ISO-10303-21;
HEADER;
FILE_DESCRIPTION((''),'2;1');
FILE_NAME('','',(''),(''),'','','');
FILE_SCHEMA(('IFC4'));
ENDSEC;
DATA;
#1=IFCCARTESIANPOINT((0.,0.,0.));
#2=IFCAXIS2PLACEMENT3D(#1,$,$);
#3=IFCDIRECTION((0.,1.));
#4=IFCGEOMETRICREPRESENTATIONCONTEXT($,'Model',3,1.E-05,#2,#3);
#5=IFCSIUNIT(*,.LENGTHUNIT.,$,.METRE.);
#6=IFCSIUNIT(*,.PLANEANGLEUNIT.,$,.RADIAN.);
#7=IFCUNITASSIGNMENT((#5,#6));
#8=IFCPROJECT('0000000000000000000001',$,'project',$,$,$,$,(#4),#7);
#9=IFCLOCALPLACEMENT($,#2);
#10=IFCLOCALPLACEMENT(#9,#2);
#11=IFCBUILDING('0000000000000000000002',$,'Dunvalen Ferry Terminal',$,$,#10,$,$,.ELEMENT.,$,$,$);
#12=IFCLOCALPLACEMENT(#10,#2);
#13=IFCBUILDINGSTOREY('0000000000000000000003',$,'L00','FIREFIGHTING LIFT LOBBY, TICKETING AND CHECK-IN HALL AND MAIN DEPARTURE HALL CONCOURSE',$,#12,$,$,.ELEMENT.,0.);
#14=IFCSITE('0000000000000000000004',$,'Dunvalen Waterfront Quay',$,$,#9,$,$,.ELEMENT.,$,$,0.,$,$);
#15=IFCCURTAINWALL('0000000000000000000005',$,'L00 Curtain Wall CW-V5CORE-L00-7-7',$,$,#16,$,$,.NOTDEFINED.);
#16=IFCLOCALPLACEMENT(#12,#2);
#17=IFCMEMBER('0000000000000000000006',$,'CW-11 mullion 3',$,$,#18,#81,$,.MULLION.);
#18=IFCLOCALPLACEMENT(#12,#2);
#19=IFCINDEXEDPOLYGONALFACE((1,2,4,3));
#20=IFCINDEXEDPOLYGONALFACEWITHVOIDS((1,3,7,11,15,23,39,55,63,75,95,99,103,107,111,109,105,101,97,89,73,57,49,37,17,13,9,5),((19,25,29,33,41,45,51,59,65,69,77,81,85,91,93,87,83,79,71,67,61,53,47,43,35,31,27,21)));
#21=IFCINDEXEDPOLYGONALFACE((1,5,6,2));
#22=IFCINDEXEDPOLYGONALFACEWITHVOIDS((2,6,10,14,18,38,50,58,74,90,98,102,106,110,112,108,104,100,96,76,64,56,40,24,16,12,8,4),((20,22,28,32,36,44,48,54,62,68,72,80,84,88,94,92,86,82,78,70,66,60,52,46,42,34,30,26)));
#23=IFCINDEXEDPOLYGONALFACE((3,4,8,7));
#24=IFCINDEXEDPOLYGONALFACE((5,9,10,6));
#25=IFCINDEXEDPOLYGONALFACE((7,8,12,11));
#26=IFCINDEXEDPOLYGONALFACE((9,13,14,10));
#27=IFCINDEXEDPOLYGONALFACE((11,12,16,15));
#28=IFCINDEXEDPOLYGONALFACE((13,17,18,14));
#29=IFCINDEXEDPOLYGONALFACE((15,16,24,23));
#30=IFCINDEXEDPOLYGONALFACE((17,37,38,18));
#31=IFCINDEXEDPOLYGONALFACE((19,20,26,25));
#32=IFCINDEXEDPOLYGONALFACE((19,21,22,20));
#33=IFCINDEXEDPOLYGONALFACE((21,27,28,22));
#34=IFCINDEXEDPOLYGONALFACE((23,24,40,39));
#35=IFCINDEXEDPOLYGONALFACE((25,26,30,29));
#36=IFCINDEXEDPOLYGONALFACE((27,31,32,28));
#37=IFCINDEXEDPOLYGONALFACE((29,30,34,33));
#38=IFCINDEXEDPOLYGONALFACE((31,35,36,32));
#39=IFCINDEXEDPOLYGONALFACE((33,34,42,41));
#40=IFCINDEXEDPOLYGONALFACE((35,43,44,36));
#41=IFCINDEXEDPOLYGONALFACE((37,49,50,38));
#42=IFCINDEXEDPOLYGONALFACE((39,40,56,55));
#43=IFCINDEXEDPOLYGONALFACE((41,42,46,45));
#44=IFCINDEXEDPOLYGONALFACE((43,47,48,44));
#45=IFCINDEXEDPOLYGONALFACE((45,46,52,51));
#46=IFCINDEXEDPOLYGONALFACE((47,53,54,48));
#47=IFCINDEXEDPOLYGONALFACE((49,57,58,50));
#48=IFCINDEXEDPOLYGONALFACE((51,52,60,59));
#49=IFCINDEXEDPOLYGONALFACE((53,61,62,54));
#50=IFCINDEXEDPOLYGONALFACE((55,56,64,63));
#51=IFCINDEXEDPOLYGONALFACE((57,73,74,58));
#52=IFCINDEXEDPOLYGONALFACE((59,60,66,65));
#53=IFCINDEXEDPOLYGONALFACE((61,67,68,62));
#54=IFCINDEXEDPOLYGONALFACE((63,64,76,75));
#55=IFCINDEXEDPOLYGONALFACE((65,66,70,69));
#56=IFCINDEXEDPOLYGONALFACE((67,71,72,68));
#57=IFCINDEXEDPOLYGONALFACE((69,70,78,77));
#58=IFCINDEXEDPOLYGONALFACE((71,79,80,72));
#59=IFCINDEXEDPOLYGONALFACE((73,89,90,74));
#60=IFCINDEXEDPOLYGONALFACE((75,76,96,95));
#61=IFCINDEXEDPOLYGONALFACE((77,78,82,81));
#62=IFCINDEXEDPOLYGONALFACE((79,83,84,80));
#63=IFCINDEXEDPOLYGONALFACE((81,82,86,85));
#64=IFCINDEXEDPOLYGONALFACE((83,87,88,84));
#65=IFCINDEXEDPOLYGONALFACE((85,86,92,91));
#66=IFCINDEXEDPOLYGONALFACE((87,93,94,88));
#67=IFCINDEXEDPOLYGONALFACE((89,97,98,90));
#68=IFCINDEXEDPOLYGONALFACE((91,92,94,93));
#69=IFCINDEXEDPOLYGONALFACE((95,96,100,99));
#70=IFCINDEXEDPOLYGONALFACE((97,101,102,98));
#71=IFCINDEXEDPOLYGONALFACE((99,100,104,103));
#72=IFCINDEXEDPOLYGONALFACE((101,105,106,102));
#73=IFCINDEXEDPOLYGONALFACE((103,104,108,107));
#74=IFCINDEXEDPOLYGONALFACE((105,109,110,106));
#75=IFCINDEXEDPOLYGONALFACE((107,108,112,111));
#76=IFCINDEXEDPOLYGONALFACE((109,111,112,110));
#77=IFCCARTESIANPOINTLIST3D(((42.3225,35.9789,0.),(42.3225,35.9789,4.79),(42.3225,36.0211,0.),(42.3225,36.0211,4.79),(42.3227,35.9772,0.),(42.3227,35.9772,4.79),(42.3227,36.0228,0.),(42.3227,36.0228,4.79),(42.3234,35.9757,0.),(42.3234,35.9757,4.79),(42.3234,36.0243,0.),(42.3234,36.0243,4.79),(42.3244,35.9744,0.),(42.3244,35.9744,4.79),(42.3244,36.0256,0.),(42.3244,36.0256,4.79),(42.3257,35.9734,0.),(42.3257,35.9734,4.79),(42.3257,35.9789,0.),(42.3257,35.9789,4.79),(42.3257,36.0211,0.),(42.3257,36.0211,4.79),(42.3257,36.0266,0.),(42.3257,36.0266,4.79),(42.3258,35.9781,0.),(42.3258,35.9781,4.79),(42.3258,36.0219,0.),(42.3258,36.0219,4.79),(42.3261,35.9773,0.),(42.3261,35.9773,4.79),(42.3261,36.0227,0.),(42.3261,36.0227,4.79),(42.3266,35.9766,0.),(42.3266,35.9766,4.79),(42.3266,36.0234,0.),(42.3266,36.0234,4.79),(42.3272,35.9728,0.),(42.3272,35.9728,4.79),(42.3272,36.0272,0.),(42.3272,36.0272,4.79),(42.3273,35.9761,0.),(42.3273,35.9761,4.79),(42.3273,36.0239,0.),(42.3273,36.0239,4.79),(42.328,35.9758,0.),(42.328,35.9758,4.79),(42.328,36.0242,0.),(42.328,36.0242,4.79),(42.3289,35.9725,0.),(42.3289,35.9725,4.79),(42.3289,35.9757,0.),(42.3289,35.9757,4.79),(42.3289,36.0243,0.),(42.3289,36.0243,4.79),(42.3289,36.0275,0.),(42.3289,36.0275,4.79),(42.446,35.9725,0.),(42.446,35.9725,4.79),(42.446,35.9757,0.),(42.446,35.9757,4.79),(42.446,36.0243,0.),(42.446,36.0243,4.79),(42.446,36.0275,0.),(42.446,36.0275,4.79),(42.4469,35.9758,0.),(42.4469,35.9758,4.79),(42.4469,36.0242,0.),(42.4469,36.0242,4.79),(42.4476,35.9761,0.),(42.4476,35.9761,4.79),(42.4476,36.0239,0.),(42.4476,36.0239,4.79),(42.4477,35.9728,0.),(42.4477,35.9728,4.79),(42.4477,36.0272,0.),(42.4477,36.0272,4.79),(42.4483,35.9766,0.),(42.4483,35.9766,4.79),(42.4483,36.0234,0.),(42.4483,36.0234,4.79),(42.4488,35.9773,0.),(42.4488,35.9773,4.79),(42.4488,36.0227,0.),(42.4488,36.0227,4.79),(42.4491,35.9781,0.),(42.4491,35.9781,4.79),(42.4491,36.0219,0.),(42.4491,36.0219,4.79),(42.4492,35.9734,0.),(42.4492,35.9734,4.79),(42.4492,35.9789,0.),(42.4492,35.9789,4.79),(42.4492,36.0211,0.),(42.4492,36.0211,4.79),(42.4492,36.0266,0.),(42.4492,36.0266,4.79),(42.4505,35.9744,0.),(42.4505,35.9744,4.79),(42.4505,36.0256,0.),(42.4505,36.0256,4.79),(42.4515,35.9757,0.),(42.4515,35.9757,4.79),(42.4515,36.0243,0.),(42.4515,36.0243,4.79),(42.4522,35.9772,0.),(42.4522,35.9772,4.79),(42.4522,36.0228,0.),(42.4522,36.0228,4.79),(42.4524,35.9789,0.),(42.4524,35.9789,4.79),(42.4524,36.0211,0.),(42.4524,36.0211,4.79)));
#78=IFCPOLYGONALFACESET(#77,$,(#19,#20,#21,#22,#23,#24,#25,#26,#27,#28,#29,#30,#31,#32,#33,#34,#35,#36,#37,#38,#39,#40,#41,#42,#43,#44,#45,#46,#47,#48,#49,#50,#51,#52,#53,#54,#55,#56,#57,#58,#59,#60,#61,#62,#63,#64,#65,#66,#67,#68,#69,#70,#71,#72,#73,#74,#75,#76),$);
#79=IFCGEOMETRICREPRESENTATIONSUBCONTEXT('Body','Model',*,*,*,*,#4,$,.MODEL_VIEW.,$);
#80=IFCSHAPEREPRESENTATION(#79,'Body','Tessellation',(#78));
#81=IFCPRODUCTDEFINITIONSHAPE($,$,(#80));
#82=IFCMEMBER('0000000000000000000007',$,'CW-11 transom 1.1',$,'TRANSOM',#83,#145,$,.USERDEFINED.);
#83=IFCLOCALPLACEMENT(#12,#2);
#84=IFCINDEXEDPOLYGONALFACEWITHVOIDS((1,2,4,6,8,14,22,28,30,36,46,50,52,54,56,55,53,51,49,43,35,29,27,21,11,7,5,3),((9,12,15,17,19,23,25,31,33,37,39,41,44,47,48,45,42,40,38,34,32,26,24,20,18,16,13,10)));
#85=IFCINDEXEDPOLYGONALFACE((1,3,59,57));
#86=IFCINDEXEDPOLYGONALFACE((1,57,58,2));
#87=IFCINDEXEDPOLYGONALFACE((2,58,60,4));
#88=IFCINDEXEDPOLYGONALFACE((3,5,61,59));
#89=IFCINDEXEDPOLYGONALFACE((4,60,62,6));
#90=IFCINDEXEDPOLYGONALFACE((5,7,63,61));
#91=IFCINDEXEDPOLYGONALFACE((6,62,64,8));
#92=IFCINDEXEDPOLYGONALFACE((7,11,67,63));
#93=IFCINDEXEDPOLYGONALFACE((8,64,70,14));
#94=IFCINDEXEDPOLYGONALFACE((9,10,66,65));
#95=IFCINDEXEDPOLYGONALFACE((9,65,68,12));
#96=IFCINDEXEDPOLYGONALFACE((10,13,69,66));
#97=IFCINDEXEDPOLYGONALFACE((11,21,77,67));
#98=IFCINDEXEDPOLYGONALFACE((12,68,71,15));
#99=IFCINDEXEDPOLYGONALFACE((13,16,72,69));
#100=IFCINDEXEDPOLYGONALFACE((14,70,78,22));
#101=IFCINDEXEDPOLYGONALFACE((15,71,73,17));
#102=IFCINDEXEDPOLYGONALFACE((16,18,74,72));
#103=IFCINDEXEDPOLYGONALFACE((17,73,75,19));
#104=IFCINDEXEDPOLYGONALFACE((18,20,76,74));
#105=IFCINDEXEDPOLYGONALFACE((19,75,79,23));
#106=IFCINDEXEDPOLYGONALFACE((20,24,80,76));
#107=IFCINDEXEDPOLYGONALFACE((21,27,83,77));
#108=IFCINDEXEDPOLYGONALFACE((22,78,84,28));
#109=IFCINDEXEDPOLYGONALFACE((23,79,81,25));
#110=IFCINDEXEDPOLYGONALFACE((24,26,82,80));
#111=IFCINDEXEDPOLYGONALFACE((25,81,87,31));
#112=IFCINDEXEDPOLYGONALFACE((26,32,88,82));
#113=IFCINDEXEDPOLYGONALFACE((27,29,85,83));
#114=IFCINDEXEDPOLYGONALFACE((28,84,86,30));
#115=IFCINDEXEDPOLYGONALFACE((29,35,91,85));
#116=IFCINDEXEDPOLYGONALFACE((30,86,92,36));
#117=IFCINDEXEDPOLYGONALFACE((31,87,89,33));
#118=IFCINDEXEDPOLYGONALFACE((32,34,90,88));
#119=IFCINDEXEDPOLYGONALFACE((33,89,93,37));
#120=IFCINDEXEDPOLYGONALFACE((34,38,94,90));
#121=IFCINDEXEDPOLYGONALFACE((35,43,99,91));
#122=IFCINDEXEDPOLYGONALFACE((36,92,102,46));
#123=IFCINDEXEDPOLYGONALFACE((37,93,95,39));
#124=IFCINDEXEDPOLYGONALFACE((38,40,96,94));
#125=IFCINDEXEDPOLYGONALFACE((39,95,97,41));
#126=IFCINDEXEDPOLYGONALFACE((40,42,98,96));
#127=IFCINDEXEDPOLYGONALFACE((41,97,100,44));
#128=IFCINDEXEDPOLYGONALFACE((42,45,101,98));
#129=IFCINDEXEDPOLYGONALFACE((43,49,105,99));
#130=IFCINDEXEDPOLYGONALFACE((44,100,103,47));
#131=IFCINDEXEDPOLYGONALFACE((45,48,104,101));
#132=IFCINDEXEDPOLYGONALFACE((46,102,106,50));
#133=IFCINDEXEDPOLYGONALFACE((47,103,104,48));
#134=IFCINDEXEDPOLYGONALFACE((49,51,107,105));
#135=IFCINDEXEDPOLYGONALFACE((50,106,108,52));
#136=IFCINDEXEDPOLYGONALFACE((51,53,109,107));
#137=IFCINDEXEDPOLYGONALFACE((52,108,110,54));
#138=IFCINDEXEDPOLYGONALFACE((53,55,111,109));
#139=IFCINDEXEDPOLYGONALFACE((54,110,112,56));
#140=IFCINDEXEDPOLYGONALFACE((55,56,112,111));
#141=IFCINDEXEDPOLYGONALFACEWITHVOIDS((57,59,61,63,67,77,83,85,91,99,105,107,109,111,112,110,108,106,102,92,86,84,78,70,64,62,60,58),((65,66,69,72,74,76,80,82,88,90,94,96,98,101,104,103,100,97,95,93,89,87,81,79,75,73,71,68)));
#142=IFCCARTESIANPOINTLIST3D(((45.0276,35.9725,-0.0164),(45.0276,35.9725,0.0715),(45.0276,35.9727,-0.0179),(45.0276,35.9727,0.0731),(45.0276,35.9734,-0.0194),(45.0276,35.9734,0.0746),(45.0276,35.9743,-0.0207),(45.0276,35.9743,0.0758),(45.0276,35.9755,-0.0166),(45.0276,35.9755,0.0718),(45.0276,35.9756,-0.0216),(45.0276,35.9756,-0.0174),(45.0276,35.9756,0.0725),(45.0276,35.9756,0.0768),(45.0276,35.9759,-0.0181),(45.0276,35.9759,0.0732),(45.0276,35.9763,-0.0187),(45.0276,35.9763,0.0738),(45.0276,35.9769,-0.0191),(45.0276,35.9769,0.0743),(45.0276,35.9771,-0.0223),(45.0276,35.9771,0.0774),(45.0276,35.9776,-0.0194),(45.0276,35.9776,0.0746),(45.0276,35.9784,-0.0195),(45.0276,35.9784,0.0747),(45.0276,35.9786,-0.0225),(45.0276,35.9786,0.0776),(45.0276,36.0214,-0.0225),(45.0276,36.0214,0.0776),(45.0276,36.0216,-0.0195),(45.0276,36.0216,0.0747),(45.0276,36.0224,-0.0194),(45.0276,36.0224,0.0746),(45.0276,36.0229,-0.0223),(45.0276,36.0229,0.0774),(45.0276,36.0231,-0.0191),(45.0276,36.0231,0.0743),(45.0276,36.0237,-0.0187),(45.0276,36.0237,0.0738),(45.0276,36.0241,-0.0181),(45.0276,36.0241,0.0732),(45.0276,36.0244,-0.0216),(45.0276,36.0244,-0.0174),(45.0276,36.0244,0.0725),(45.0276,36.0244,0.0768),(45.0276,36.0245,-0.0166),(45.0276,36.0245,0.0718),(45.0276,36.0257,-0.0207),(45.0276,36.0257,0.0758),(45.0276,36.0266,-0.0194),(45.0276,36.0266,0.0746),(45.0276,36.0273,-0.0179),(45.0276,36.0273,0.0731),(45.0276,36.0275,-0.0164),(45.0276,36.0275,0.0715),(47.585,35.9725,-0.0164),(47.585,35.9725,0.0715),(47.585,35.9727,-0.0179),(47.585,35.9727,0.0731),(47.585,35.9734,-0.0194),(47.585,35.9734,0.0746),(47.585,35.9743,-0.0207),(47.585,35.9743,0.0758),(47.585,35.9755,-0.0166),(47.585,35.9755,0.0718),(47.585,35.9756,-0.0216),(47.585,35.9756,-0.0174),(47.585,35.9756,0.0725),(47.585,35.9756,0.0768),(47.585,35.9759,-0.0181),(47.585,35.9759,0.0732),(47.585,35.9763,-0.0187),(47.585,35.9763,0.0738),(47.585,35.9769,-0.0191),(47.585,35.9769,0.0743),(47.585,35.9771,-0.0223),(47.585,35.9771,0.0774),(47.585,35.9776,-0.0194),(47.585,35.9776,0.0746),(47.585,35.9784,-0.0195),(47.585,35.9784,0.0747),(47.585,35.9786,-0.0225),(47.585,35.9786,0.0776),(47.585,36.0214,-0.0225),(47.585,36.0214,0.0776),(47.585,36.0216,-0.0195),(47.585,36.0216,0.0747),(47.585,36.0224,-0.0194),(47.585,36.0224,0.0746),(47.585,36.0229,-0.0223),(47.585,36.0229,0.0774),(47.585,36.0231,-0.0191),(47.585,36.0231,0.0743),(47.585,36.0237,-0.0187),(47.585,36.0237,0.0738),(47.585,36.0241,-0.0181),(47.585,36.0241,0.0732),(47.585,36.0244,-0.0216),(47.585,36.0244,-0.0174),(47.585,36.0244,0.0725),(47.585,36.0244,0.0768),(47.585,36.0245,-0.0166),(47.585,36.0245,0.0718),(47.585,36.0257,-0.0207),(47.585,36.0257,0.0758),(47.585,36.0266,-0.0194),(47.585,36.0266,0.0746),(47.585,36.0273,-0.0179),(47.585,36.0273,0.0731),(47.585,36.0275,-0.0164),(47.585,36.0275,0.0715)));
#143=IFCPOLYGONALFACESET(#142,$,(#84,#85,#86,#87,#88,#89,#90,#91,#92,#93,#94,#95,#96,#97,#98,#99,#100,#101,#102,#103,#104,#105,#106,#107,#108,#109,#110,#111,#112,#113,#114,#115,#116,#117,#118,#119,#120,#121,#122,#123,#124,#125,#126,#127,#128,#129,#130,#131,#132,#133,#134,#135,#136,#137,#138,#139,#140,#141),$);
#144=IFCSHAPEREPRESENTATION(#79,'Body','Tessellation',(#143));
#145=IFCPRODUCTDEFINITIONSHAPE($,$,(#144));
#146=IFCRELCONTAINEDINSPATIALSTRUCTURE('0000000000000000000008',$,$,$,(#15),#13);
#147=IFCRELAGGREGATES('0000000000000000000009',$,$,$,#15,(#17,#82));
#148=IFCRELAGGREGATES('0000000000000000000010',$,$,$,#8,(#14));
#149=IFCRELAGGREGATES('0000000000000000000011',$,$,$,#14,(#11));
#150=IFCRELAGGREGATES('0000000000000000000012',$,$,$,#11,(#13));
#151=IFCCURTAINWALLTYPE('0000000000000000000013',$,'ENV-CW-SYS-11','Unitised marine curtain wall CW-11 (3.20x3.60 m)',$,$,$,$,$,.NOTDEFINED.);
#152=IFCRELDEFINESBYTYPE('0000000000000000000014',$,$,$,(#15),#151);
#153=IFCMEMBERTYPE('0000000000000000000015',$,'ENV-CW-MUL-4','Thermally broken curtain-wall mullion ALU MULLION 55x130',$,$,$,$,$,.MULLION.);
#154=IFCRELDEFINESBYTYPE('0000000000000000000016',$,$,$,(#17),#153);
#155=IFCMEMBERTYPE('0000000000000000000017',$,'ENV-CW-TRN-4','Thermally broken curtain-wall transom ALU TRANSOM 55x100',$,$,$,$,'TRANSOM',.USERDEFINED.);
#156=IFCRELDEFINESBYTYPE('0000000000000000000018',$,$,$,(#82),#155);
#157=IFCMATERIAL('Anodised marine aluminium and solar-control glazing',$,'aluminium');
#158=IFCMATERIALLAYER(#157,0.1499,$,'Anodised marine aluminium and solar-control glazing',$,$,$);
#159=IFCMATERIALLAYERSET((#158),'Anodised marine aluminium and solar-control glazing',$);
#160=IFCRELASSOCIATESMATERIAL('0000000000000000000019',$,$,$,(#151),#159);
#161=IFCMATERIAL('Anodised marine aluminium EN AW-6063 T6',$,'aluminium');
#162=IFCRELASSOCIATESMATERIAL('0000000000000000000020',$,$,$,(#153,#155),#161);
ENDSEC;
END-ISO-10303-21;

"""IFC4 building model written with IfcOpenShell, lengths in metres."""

from ifc_helpers import new_model, si_unit, direction, frame, origin, origin_2d, place, context, subcontext, project, spatial, hollow_rectangle, extrude, material, layer, layer_set, material_profile, profile_set, type_object, element, aggregate, save


model = new_model("IFC4")

# Units and contexts
model_context = context("Model", 3, precision=1e-05, world=origin(), true_north=direction((0.0, 1.0)))
body_context = subcontext(model_context, "Body", "Model", "MODEL_VIEW")
ifc_project = project(units=[si_unit("LENGTHUNIT", "METRE"), si_unit("PLANEANGLEUNIT", "RADIAN")], contexts=[model_context])

# Site, building, storey
site_placement = place(None, origin())
site = spatial("IfcSite", under=ifc_project, at=site_placement, Name="Dunvalen Waterfront Quay", CompositionType="ELEMENT", RefElevation=0.0)
building_placement = place(site_placement, origin())
building = spatial("IfcBuilding", under=site, at=building_placement, Name="Dunvalen Ferry Terminal", CompositionType="ELEMENT")
storey_placement = place(building_placement, origin())
storey = spatial("IfcBuildingStorey", under=building, at=storey_placement, Name="L00", Description="FIREFIGHTING LIFT LOBBY, TICKETING AND CHECK-IN HALL AND MAIN DEPARTURE HALL CONCOURSE", CompositionType="ELEMENT", Elevation=0.0)

# Curtain wall, members
ifc_material_1 = material(Name="Anodised marine aluminium and solar-control glazing", Category="aluminium")
ifc_layer_1 = layer(ifc_material_1, 0.1499, Name="Anodised marine aluminium and solar-control glazing")
ifc_layer_set_1 = layer_set([ifc_layer_1], Name="Anodised marine aluminium and solar-control glazing")
curtain_wall_type = type_object("IfcCurtainWallType", Name="ENV-CW-SYS-11", Description="Unitised marine curtain wall CW-11 (3.20x3.60 m)", PredefinedType="NOTDEFINED", material=ifc_layer_set_1)
curtain_wall_placement = place(storey_placement, origin())
curtain_wall = element("IfcCurtainWall", 1, at=curtain_wall_placement, inside=storey, type_object=curtain_wall_type, Name="L00 Curtain Wall CW-V5CORE-L00-7-7", PredefinedType="NOTDEFINED")
ifc_material_2 = material(Name="Anodised marine aluminium EN AW-6063 T6", Category="aluminium")
ifc_material_profile_1 = material_profile(ifc_material_2, hollow_rectangle(XDim=0.0549, YDim=0.1299, WallThickness=0.0032, InnerFilletRadius=0.0032, OuterFilletRadius=0.0063, at=origin_2d()), Name="Anodised marine aluminium EN AW-6063 T6")
ifc_profile_set_1 = profile_set([ifc_material_profile_1], Name="Anodised marine aluminium EN AW-6063 T6")
member_type_1 = type_object("IfcMemberType", Name="ENV-CW-MUL-4", Description="Thermally broken curtain-wall mullion ALU MULLION 55x130", PredefinedType="MULLION", material=ifc_profile_set_1)
member_1_placement = place(storey_placement, frame((42.3875, 36.0, 0.0), z_axis=(0.0, 0.0, 1.0), x_axis=(0.0, -1.0, 0.0)))
member_1 = element("IfcMember", 2, at=member_1_placement, type_object=member_type_1, Name="CW-11 mullion 3", PredefinedType="MULLION", context=body_context, shape_type="SweptSolid", body=[
    extrude(hollow_rectangle(XDim=0.0549, YDim=0.1299, WallThickness=0.0032, InnerFilletRadius=0.0032, OuterFilletRadius=0.0063, at=origin_2d()), origin(), (0.0, 0.0, 1.0), 4.79),
])
ifc_material_profile_2 = material_profile(ifc_material_2, hollow_rectangle(XDim=0.0549, YDim=0.1001, WallThickness=0.0029, InnerFilletRadius=0.0029, OuterFilletRadius=0.0061, at=origin_2d()), Name="Anodised marine aluminium EN AW-6063 T6")
ifc_profile_set_2 = profile_set([ifc_material_profile_2], Name="Anodised marine aluminium EN AW-6063 T6")
member_type_2 = type_object("IfcMemberType", Name="ENV-CW-TRN-4", Description="Thermally broken curtain-wall transom ALU TRANSOM 55x100", ElementType="TRANSOM", PredefinedType="USERDEFINED", material=ifc_profile_set_2)
member_2_placement = place(storey_placement, frame((47.585, 36.0, 0.0276), z_axis=(-1.0, 0.0, 0.0), x_axis=(0.0, -1.0, 0.0)))
member_2 = element("IfcMember", 3, at=member_2_placement, type_object=member_type_2, Name="CW-11 transom 1.1", ObjectType="TRANSOM", PredefinedType="USERDEFINED", context=body_context, shape_type="SweptSolid", body=[
    extrude(hollow_rectangle(XDim=0.0549, YDim=0.1001, WallThickness=0.0029, InnerFilletRadius=0.0029, OuterFilletRadius=0.0061, at=origin_2d()), origin(), (0.0, 0.0, 1.0), 2.5574),
])

aggregate(curtain_wall, [member_1, member_2])

save(model, "model.ifc")
